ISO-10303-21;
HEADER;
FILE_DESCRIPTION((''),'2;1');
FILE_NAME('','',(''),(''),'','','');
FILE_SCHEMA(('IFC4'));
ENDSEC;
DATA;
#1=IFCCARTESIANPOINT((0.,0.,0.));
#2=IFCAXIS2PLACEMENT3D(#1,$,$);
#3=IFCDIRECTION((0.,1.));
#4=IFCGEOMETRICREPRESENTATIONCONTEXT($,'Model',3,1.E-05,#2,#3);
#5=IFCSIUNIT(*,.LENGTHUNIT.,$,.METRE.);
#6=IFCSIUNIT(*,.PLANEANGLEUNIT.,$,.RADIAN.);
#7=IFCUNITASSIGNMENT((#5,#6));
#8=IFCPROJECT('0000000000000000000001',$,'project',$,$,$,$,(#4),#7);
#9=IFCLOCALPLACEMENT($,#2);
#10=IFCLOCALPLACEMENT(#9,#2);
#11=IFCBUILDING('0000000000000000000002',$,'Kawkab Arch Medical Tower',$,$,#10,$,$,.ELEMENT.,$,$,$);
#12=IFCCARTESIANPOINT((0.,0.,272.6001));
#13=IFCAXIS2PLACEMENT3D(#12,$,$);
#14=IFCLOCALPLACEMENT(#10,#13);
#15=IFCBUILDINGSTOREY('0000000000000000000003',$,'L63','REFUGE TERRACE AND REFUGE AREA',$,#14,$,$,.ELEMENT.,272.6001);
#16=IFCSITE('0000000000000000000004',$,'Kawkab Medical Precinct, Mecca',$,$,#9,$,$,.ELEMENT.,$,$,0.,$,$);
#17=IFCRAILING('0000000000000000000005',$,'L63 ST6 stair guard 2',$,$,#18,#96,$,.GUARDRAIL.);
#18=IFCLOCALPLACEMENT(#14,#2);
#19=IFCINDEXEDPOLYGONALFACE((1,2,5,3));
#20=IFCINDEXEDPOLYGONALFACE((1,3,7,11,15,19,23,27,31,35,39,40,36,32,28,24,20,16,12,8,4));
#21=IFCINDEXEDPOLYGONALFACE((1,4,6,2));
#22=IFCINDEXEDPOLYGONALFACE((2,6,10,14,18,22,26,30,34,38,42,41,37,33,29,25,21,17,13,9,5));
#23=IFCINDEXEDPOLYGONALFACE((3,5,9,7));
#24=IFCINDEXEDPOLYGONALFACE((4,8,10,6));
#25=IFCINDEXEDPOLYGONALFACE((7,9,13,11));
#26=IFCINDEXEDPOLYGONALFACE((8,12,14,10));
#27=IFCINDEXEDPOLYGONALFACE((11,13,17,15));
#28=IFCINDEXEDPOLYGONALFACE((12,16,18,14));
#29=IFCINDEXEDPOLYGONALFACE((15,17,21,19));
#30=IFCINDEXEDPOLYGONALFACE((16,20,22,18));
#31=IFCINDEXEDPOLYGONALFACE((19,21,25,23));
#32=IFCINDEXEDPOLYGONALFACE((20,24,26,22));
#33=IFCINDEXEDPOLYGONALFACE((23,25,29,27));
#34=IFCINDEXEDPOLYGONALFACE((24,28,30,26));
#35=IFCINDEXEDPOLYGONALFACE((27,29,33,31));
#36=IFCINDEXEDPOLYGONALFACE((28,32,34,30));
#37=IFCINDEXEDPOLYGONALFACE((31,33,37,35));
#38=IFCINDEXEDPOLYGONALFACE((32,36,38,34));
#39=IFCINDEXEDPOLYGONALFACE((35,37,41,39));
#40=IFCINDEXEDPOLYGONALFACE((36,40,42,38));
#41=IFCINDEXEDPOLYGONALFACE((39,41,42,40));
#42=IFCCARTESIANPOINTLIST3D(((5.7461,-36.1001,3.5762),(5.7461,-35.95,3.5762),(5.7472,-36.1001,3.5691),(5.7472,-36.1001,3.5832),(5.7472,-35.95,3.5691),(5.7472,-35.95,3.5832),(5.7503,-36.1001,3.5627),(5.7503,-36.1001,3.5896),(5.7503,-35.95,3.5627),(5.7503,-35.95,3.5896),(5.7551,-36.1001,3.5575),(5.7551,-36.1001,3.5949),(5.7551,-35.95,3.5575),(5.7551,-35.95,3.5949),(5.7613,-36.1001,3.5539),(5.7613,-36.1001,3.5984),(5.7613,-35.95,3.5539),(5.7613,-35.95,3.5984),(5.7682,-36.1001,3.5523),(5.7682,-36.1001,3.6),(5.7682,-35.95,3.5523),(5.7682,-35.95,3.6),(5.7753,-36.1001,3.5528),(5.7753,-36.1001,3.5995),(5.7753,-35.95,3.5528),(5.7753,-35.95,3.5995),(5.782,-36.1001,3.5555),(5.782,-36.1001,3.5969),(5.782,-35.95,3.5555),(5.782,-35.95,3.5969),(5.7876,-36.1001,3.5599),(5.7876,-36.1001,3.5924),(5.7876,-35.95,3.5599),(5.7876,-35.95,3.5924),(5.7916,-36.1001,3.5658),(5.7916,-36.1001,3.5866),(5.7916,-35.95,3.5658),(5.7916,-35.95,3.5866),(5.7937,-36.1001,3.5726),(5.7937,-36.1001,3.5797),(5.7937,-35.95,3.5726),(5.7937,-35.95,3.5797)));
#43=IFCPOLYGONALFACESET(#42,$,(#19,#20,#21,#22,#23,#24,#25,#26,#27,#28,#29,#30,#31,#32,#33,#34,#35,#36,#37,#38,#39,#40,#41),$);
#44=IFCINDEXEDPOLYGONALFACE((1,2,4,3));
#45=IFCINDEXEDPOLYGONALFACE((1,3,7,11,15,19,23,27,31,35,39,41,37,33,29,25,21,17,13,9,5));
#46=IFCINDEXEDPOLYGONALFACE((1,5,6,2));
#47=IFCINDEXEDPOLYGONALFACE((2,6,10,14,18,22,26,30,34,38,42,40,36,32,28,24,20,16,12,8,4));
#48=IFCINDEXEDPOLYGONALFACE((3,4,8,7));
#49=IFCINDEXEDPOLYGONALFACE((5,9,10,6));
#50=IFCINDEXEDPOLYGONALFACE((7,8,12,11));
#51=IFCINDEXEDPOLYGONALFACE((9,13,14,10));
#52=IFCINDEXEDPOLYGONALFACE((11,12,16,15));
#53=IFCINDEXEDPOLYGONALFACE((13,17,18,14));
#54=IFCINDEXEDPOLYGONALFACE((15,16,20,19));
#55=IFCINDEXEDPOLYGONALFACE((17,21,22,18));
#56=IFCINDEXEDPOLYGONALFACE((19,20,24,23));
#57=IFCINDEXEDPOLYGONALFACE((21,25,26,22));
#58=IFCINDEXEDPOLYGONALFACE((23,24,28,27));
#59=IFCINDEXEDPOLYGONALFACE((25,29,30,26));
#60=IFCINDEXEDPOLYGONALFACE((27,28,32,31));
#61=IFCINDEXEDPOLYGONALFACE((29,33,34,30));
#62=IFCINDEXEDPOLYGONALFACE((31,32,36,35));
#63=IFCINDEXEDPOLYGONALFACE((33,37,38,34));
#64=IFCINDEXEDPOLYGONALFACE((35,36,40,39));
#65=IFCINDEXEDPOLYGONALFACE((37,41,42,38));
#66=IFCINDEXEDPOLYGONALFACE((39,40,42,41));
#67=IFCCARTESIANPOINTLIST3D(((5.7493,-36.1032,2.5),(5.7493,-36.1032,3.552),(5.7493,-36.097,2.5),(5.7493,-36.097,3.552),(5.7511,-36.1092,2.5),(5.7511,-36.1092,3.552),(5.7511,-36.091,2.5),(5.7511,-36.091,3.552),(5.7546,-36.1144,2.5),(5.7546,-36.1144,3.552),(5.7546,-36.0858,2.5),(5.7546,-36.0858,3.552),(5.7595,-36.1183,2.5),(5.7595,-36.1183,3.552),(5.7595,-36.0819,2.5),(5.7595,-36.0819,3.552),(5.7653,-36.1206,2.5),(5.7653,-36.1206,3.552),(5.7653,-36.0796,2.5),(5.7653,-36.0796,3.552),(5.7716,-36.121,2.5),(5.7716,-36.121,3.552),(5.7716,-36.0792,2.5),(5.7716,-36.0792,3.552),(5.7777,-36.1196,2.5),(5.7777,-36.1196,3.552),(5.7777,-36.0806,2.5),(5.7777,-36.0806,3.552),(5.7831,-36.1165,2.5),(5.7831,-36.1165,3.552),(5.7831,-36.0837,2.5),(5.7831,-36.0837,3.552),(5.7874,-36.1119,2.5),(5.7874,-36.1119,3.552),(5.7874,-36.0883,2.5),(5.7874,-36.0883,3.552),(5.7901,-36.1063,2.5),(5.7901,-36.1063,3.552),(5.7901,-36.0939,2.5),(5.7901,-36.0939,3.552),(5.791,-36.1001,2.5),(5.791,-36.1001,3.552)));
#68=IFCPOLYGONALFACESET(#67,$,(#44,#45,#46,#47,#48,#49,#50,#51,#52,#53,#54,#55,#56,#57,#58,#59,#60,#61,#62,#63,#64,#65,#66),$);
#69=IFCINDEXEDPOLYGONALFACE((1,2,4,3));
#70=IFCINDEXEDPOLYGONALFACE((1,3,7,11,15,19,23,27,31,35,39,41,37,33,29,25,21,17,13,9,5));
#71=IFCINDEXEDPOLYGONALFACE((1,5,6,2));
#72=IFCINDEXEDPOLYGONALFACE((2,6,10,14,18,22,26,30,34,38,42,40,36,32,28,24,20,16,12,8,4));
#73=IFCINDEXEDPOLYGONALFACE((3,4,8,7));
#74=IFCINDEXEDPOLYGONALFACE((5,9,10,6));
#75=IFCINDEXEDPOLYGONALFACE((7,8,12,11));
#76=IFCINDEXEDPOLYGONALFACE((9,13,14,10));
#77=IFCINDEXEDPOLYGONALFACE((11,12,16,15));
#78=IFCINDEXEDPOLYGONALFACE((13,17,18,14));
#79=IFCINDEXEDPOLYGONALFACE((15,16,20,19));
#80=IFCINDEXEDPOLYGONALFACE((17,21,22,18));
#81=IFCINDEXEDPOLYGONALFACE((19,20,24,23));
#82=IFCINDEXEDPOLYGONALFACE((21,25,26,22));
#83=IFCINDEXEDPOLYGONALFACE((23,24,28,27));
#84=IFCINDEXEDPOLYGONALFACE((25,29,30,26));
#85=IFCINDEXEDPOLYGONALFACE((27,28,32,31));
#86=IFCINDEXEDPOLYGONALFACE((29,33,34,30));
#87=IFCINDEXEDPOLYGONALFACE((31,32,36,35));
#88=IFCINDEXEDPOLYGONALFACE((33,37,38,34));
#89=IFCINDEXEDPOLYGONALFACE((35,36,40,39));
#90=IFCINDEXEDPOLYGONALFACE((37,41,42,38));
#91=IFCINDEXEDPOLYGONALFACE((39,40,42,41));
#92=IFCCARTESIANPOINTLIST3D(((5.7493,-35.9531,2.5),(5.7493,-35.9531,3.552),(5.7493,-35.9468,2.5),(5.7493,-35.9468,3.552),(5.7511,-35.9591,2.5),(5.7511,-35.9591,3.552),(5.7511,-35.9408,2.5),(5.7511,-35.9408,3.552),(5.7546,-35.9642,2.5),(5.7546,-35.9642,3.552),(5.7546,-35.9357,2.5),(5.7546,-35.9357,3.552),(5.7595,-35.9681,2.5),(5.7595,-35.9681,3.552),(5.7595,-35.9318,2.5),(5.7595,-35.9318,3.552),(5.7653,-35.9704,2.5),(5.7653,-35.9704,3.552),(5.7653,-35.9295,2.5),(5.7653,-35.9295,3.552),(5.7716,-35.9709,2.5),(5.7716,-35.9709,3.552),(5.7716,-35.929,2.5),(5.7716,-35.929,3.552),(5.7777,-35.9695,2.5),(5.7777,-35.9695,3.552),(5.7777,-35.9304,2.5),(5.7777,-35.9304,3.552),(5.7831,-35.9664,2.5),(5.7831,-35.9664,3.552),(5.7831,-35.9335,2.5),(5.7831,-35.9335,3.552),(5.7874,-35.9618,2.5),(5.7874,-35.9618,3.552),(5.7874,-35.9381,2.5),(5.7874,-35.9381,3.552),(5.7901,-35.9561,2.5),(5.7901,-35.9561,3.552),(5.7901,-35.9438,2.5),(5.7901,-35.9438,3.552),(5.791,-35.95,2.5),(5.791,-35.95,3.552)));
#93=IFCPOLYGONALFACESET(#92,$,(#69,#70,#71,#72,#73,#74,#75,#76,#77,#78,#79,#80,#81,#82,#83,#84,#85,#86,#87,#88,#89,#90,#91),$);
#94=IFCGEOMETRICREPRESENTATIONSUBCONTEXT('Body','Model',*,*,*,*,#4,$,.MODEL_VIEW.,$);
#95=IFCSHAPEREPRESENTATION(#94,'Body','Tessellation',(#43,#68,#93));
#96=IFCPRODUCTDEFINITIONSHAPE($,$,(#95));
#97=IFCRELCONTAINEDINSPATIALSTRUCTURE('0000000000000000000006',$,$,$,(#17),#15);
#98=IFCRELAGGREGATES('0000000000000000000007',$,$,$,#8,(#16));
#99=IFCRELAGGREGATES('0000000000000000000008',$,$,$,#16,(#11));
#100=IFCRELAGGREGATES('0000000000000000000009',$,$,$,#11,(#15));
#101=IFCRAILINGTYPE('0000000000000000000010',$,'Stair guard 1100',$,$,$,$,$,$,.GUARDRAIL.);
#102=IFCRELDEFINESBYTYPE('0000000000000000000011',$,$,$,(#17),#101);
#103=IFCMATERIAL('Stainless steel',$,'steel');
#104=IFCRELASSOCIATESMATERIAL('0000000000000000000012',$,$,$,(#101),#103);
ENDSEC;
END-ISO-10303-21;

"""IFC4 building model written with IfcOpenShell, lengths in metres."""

from ifc_helpers import new_model, si_unit, direction, frame, origin, origin_2d, place, context, subcontext, project, spatial, circle, extrude, material, type_object, element, save


model = new_model("IFC4")

# Units and contexts
model_context = context("Model", 3, precision=1e-05, world=origin(), true_north=direction((0.0, 1.0)))
body_context = subcontext(model_context, "Body", "Model", "MODEL_VIEW")
ifc_project = project(units=[si_unit("LENGTHUNIT", "METRE"), si_unit("PLANEANGLEUNIT", "RADIAN")], contexts=[model_context])

# Site, building, storey
site_placement = place(None, origin())
site = spatial("IfcSite", under=ifc_project, at=site_placement, Name="Kawkab Medical Precinct, Mecca", CompositionType="ELEMENT", RefElevation=0.0)
building_placement = place(site_placement, origin())
building = spatial("IfcBuilding", under=site, at=building_placement, Name="Kawkab Arch Medical Tower", CompositionType="ELEMENT")
storey_placement = place(building_placement, frame((0.0, 0.0, 272.6001)))
storey = spatial("IfcBuildingStorey", under=building, at=storey_placement, Name="L63", Description="REFUGE TERRACE AND REFUGE AREA", CompositionType="ELEMENT", Elevation=272.6001)

# Railing
ifc_material_1 = material(Name="Stainless steel", Category="steel")
railing_type = type_object("IfcRailingType", Name="Stair guard 1100", PredefinedType="GUARDRAIL", material=ifc_material_1)
railing_placement = place(storey_placement, frame((5.77, -36.1001, 2.5)))
element("IfcRailing", 1, at=railing_placement, inside=storey, type_object=railing_type, Name="L63 ST6 stair guard 2", PredefinedType="GUARDRAIL", context=body_context, shape_type="SweptSolid", body=[
    extrude(circle(Radius=0.0239, at=origin_2d()), frame((0.0, 0.0, 1.0762), z_axis=(0.0, 1.0, 0.0), x_axis=(-1.0, 0.0, 0.0)), (0.0, 0.0, 1.0), 0.1501),
    extrude(circle(Radius=0.021, at=origin_2d()), origin(), (0.0, 0.0, 1.0), 1.052),
    extrude(circle(Radius=0.021, at=origin_2d()), frame((0.0, 0.1501, 0.0)), (0.0, 0.0, 1.0), 1.052),
])

save(model, "model.ifc")
